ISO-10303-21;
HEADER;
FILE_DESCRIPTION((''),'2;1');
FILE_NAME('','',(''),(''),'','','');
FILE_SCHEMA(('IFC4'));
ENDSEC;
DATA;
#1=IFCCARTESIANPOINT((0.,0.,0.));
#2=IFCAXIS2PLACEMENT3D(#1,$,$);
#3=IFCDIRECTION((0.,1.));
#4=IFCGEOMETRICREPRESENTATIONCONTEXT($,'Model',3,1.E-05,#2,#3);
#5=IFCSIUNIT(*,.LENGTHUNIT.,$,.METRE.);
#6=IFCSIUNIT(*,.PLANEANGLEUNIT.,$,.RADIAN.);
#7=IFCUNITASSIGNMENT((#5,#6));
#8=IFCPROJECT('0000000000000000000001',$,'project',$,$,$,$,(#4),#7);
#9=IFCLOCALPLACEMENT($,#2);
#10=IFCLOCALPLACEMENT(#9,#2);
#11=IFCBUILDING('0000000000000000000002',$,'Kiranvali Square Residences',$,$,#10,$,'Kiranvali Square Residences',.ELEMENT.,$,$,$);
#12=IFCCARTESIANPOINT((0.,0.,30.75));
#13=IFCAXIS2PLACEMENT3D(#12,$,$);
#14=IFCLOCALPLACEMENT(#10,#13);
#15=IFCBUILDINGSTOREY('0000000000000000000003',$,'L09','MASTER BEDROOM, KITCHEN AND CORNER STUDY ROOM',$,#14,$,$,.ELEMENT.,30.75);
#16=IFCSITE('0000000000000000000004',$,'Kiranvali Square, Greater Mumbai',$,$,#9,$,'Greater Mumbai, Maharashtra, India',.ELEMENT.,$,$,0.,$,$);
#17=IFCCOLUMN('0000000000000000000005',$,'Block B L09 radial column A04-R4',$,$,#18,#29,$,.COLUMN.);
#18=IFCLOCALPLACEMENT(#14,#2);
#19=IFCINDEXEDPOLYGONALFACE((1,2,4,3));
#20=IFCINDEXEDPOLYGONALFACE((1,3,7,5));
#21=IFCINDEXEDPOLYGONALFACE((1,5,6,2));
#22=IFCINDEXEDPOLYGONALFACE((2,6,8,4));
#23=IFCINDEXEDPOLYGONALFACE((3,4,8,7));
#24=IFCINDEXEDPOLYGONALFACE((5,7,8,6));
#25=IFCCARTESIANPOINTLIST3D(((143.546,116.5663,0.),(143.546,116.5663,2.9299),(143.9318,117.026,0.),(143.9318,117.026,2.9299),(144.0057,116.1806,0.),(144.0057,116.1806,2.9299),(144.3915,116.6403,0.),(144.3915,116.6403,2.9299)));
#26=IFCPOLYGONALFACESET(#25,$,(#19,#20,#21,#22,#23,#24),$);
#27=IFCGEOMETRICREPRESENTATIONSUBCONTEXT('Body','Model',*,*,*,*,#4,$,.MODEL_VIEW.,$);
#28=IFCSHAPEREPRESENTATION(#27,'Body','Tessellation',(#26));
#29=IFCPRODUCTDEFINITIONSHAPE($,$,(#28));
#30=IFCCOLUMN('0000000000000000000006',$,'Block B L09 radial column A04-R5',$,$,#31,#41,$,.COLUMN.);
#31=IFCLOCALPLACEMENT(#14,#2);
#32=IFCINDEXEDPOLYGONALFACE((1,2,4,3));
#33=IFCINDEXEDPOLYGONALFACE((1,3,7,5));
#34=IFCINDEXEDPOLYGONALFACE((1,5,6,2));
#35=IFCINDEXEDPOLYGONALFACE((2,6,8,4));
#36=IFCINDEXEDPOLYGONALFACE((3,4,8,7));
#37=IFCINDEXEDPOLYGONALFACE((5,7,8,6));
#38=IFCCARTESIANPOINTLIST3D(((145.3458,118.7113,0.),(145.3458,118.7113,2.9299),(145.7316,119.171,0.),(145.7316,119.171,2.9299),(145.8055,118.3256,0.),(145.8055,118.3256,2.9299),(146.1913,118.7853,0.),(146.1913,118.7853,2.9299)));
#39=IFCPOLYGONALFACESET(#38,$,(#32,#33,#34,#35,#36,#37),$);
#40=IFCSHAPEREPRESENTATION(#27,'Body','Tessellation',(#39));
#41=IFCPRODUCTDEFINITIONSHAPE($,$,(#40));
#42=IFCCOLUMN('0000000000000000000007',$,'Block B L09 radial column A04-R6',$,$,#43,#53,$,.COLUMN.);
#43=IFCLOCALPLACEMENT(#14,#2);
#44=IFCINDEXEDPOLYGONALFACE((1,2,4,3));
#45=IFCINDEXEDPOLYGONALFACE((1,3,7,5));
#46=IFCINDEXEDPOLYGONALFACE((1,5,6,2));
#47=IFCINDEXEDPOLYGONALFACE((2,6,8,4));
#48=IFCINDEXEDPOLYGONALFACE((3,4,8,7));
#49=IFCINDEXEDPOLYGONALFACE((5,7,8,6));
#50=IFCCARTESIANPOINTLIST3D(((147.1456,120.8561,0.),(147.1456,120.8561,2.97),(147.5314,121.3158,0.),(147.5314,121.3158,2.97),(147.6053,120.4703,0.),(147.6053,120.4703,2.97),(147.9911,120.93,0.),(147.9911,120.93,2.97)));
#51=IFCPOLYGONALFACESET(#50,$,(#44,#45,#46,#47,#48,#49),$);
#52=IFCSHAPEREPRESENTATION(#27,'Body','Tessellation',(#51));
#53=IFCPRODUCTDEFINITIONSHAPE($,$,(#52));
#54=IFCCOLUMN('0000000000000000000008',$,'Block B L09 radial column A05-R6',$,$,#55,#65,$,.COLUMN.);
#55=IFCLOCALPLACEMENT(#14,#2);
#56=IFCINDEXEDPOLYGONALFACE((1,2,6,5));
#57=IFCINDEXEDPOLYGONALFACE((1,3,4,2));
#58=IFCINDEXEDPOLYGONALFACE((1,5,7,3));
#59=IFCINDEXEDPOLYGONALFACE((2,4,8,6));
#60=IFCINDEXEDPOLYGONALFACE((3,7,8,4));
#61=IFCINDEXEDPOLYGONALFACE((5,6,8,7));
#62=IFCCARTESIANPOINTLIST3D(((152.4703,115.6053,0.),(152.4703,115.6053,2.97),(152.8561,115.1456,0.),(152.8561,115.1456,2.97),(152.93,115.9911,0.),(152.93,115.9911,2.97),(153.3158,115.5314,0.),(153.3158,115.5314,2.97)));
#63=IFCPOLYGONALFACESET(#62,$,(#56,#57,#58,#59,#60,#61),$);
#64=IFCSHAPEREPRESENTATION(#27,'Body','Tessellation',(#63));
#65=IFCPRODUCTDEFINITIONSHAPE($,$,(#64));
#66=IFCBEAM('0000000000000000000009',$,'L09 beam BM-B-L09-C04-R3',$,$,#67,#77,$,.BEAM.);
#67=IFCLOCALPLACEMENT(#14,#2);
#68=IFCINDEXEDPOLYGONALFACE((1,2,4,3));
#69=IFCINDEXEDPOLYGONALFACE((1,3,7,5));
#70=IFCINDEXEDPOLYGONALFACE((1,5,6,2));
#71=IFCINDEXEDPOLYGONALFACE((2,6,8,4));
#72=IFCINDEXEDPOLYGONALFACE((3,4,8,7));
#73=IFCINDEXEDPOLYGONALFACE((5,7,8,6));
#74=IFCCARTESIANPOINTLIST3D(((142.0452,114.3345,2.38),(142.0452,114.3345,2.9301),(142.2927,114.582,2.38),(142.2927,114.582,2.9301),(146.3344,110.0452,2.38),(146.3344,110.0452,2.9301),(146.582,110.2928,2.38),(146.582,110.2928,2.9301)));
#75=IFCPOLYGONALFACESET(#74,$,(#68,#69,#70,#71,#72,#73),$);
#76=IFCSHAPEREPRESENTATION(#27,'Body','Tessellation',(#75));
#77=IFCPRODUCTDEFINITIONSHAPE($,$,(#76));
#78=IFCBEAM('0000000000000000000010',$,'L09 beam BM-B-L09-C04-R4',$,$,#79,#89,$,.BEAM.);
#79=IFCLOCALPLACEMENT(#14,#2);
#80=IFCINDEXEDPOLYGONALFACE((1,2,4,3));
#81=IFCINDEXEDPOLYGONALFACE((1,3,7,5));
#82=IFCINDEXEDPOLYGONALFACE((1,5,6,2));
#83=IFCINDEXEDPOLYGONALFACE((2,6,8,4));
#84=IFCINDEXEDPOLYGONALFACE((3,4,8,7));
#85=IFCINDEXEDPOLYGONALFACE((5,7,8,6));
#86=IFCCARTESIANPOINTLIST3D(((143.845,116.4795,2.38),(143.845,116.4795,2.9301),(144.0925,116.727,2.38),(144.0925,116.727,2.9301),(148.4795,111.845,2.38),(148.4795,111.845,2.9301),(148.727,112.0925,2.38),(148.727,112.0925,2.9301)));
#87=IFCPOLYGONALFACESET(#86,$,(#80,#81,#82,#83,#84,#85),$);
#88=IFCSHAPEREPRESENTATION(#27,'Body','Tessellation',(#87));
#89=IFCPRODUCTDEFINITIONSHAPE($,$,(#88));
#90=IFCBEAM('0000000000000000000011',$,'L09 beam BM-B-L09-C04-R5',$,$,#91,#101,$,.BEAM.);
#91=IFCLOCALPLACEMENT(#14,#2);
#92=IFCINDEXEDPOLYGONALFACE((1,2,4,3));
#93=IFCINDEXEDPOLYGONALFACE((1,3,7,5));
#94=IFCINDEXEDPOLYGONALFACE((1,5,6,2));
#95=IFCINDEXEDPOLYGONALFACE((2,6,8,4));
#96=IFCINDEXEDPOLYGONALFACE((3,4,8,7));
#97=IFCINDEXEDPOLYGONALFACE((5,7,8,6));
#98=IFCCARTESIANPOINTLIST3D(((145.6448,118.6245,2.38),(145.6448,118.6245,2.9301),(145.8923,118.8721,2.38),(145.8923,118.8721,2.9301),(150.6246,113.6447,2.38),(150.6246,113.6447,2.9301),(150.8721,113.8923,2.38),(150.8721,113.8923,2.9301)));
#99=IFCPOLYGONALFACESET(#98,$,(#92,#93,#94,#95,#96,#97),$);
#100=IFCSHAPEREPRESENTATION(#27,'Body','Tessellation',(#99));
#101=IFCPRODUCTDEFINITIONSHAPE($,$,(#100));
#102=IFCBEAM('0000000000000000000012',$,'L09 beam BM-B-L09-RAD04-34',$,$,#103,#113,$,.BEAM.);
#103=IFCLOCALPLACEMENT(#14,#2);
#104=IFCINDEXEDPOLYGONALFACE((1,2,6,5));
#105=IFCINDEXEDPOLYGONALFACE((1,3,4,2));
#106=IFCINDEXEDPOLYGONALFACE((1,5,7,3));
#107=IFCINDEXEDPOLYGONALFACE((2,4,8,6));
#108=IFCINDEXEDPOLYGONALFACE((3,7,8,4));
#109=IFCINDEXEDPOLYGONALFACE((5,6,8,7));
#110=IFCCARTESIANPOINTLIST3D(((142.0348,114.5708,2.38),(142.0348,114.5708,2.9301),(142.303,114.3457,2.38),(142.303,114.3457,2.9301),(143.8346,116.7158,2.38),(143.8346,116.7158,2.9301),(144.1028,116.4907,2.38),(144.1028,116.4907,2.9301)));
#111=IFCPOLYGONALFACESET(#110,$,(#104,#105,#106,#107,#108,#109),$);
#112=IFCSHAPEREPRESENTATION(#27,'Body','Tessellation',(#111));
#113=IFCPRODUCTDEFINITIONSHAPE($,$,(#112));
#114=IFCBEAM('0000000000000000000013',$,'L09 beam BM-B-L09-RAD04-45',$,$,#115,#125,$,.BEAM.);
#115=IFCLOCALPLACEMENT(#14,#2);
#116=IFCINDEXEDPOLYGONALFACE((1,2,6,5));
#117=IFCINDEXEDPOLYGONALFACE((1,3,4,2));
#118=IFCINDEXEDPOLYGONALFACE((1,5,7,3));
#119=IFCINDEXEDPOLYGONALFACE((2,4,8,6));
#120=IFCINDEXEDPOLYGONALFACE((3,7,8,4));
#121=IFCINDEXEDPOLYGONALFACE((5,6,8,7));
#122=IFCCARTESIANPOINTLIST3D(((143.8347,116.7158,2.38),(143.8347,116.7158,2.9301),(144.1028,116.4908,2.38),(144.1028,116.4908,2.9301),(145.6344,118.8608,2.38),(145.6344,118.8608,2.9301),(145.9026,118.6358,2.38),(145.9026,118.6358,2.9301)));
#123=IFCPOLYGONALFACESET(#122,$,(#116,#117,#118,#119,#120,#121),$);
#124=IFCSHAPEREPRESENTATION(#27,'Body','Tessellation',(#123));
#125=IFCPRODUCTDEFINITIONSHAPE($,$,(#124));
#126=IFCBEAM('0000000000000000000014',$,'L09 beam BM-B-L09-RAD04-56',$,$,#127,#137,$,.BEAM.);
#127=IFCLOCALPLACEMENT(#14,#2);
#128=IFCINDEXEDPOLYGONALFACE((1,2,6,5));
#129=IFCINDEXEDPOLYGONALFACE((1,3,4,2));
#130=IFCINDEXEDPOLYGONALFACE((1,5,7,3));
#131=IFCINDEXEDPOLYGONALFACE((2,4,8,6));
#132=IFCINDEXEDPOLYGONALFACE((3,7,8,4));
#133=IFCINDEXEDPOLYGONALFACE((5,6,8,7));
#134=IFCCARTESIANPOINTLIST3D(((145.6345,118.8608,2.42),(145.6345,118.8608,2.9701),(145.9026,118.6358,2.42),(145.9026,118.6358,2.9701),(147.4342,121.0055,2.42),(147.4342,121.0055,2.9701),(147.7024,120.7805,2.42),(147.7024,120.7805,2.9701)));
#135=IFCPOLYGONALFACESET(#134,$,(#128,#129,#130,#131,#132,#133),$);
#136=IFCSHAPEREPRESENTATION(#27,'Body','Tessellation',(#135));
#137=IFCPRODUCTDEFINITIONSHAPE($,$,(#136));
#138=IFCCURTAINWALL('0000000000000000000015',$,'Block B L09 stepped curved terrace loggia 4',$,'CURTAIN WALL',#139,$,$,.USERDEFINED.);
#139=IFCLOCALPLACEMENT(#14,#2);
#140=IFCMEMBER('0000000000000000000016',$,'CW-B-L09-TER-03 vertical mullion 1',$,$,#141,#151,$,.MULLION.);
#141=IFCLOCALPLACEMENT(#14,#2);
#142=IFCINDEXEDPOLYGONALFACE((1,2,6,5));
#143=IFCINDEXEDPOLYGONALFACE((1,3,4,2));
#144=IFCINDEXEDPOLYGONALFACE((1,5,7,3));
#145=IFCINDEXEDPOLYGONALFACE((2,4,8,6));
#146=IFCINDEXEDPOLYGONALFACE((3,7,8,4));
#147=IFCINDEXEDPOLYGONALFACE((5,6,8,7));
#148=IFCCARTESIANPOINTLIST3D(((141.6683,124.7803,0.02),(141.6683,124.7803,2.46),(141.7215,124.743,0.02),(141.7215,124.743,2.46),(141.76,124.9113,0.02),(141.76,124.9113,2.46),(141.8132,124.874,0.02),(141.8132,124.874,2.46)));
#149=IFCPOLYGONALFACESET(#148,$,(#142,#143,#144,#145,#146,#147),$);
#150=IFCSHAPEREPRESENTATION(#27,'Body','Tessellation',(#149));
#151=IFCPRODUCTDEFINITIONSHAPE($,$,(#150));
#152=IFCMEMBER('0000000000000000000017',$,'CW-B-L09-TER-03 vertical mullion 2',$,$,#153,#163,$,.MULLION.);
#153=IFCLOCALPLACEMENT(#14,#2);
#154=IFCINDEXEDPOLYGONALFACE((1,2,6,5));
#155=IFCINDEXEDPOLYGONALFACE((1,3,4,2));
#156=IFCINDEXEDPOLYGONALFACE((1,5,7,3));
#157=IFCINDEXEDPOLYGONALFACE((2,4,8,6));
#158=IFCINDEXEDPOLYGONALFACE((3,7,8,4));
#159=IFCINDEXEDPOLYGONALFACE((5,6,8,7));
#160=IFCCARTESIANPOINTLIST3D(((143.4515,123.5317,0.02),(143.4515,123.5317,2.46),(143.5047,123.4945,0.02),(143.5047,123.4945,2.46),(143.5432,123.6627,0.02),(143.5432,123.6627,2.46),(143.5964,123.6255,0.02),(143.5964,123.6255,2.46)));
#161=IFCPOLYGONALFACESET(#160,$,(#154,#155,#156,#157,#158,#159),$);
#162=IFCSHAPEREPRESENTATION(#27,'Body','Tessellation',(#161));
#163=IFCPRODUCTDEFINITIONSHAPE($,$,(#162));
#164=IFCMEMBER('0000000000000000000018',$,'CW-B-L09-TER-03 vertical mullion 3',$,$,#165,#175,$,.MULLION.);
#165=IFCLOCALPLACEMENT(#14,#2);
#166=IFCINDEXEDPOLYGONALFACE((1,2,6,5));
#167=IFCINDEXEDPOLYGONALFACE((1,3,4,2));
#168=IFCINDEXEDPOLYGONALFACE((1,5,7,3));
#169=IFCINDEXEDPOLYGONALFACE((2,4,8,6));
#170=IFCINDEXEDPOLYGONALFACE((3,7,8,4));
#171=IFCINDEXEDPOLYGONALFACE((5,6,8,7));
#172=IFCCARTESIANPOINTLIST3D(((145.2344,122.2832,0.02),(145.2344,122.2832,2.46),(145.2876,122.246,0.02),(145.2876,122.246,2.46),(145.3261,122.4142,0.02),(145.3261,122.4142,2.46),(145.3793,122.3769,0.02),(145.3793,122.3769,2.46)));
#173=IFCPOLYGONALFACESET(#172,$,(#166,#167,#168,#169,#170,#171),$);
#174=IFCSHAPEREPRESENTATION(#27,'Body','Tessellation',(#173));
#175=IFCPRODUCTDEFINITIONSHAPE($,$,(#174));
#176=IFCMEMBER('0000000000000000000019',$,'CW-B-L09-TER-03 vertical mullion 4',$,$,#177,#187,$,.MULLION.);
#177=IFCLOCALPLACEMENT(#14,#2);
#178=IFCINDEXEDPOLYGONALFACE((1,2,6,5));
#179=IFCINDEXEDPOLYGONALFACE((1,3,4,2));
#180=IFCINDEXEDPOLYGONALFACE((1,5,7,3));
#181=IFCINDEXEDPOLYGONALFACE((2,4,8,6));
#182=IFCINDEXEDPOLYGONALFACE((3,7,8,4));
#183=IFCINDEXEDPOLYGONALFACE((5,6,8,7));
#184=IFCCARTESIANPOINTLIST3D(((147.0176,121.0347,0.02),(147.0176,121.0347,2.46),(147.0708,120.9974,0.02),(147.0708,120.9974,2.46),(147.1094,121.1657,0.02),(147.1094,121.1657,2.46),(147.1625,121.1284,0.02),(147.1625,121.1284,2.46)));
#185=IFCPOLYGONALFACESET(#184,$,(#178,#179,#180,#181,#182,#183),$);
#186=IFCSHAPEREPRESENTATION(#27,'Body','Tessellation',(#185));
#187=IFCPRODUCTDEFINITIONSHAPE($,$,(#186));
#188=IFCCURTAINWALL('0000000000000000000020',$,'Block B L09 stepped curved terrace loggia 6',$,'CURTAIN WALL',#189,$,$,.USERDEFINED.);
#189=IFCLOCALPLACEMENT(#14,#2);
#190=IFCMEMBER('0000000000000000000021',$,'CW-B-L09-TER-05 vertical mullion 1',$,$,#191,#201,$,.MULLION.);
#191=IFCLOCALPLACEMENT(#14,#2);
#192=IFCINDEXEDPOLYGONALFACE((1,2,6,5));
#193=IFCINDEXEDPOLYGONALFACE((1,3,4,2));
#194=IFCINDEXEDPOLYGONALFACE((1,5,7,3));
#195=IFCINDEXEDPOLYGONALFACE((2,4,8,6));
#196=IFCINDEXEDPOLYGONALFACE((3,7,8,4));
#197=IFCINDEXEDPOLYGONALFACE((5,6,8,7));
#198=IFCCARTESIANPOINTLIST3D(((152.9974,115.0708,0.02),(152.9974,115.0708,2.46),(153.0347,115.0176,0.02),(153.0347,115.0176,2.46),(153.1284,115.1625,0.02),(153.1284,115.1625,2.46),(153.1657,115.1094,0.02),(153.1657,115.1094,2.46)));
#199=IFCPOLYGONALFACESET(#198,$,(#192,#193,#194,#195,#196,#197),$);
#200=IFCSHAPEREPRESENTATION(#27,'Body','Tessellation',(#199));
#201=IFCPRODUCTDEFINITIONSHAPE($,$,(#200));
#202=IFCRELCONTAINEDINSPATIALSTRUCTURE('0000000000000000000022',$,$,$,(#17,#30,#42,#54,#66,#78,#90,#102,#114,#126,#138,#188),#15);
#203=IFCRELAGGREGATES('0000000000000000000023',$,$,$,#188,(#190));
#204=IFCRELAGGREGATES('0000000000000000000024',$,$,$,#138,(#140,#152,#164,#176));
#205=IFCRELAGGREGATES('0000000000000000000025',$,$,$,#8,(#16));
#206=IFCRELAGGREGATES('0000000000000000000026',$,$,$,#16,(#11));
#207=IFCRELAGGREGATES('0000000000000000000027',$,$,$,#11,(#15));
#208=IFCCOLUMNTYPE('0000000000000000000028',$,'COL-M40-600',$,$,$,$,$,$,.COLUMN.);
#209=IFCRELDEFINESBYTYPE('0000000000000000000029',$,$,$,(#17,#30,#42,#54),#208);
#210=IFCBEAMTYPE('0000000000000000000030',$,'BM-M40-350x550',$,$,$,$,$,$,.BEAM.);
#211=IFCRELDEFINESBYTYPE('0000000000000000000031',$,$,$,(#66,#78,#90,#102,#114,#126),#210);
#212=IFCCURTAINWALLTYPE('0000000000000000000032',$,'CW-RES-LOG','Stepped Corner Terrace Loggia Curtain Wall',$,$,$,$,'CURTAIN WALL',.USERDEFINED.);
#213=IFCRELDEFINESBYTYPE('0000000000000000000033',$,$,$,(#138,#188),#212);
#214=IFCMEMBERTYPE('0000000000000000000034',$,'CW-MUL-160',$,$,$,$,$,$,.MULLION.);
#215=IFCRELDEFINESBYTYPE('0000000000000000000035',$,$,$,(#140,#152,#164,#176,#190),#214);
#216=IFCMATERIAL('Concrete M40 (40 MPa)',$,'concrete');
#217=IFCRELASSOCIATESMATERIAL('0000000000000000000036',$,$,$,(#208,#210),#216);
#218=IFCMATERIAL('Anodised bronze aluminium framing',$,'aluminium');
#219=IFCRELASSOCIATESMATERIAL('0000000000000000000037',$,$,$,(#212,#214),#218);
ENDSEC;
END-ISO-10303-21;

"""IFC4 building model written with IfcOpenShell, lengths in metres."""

from ifc_helpers import new_model, si_unit, direction, frame, origin, origin_2d, place, context, subcontext, project, spatial, rectangle, extrude, material, material_profile, profile_set, type_object, element, aggregate, save


model = new_model("IFC4")

# Units and contexts
model_context = context("Model", 3, precision=1e-05, world=origin(), true_north=direction((0.0, 1.0)))
body_context = subcontext(model_context, "Body", "Model", "MODEL_VIEW")
ifc_project = project(units=[si_unit("LENGTHUNIT", "METRE"), si_unit("PLANEANGLEUNIT", "RADIAN")], contexts=[model_context])

# Site, building, storey
site_placement = place(None, origin())
site = spatial("IfcSite", under=ifc_project, at=site_placement, Name="Kiranvali Square, Greater Mumbai", LongName="Greater Mumbai, Maharashtra, India", CompositionType="ELEMENT", RefElevation=0.0)
building_placement = place(site_placement, origin())
building = spatial("IfcBuilding", under=site, at=building_placement, Name="Kiranvali Square Residences", LongName="Kiranvali Square Residences", CompositionType="ELEMENT")
storey_placement = place(building_placement, frame((0.0, 0.0, 30.75)))
storey = spatial("IfcBuildingStorey", under=building, at=storey_placement, Name="L09", Description="MASTER BEDROOM, KITCHEN AND CORNER STUDY ROOM", CompositionType="ELEMENT", Elevation=30.75)

# Columns
ifc_material_1 = material(Name="Concrete M40 (40 MPa)", Category="concrete")
ifc_material_profile_1 = material_profile(ifc_material_1, rectangle(XDim=0.6001, YDim=0.6001, at=origin_2d()), Name="RC 600x600")
ifc_profile_set_1 = profile_set([ifc_material_profile_1], Name="Concrete M40 (40 MPa)")
column_type = type_object("IfcColumnType", Name="COL-M40-600", PredefinedType="COLUMN", material=ifc_profile_set_1)
for number, where, z_axis, x_axis, name in (
    (1, (143.9688, 116.6033, 0.0), (0.0, 0.0, 1.0), (-0.766044, 0.642788, 0.0), "Block B L09 radial column A04-R4"),
    (2, (145.7686, 118.7483, 0.0), (0.0, 0.0, 1.0), (-0.766044, 0.642788, 0.0), "Block B L09 radial column A04-R5"),
):
    element("IfcColumn", number, at=place(storey_placement, frame(where, z_axis=z_axis, x_axis=x_axis)), inside=storey, type_object=column_type, Name=name, PredefinedType="COLUMN", context=body_context, shape_type="SweptSolid", body=[
        extrude(rectangle(XDim=0.6001, YDim=0.6001, at=origin_2d()), origin(), (0.0, 0.0, 1.0), 2.9299),
    ])
for number, where, z_axis, x_axis, name in (
    (3, (147.5684, 120.8931, 0.0), (0.0, 0.0, 1.0), (-0.766044, 0.642788, 0.0), "Block B L09 radial column A04-R6"),
    (4, (152.8931, 115.5684, 0.0), (0.0, 0.0, 1.0), (-0.642788, 0.766044, 0.0), "Block B L09 radial column A05-R6"),
):
    element("IfcColumn", number, at=place(storey_placement, frame(where, z_axis=z_axis, x_axis=x_axis)), inside=storey, type_object=column_type, Name=name, PredefinedType="COLUMN", context=body_context, shape_type="SweptSolid", body=[
        extrude(rectangle(XDim=0.6001, YDim=0.6001, at=origin_2d()), origin(), (0.0, 0.0, 1.0), 2.97),
    ])

# Beams
ifc_material_profile_2 = material_profile(ifc_material_1, rectangle(XDim=0.3501, YDim=0.55, at=origin_2d()), Name="RC 350x550")
ifc_profile_set_2 = profile_set([ifc_material_profile_2], Name="Concrete M40 (40 MPa)")
beam_type_1 = type_object("IfcBeamType", Name="BM-M40-350x550", PredefinedType="BEAM", material=ifc_profile_set_2)
beam_1_placement = place(storey_placement, frame((142.1689, 114.4583, 2.655), z_axis=(0.707107, -0.707107, 0.0), x_axis=(0.707107, 0.707107, 0.0)))
element("IfcBeam", 5, at=beam_1_placement, inside=storey, type_object=beam_type_1, Name="L09 beam BM-B-L09-C04-R3", PredefinedType="BEAM", context=body_context, shape_type="SweptSolid", body=[
    extrude(rectangle(XDim=0.3501, YDim=0.55, at=origin_2d()), origin(), (0.0, 0.0, 1.0), 6.0659),
])
beam_2_placement = place(storey_placement, frame((143.9688, 116.6033, 2.655), z_axis=(0.707107, -0.707107, 0.0), x_axis=(0.707107, 0.707107, 0.0)))
element("IfcBeam", 6, at=beam_2_placement, inside=storey, type_object=beam_type_1, Name="L09 beam BM-B-L09-C04-R4", PredefinedType="BEAM", context=body_context, shape_type="SweptSolid", body=[
    extrude(rectangle(XDim=0.3501, YDim=0.55, at=origin_2d()), origin(), (0.0, 0.0, 1.0), 6.5542),
])
beam_3_placement = place(storey_placement, frame((145.7686, 118.7483, 2.655), z_axis=(0.707107, -0.707107, 0.0), x_axis=(0.707107, 0.707107, 0.0)))
element("IfcBeam", 7, at=beam_3_placement, inside=storey, type_object=beam_type_1, Name="L09 beam BM-B-L09-C04-R5", PredefinedType="BEAM", context=body_context, shape_type="SweptSolid", body=[
    extrude(rectangle(XDim=0.3501, YDim=0.55, at=origin_2d()), origin(), (0.0, 0.0, 1.0), 7.0425),
])
for number, where, z_axis, x_axis, name in (
    (8, (142.1689, 114.4583, 2.655), (0.642771, 0.766059, 0.0), (-0.766059, 0.642771, 0.0), "L09 beam BM-B-L09-RAD04-34"),
    (9, (143.9688, 116.6033, 2.655), (0.642771, 0.766059, 0.0), (-0.766059, 0.642771, 0.0), "L09 beam BM-B-L09-RAD04-45"),
):
    element("IfcBeam", number, at=place(storey_placement, frame(where, z_axis=z_axis, x_axis=x_axis)), inside=storey, type_object=beam_type_1, Name=name, PredefinedType="BEAM", context=body_context, shape_type="SweptSolid", body=[
        extrude(rectangle(XDim=0.3501, YDim=0.55, at=origin_2d()), origin(), (0.0, 0.0, 1.0), 2.8),
    ])
beam_4_placement = place(storey_placement, frame((145.7686, 118.7483, 2.6951), z_axis=(0.642814, 0.766023, 0.0), x_axis=(-0.766023, 0.642814, 0.0)))
element("IfcBeam", 10, at=beam_4_placement, inside=storey, type_object=beam_type_1, Name="L09 beam BM-B-L09-RAD04-56", PredefinedType="BEAM", context=body_context, shape_type="SweptSolid", body=[
    extrude(rectangle(XDim=0.3501, YDim=0.55, at=origin_2d()), origin(), (0.0, 0.0, 1.0), 2.7998),
])

# Curtain wall, members
ifc_material_2 = material(Name="Anodised bronze aluminium framing", Category="aluminium")
curtain_wall_type = type_object("IfcCurtainWallType", Name="CW-RES-LOG", Description="Stepped Corner Terrace Loggia Curtain Wall", ElementType="CURTAIN WALL", PredefinedType="USERDEFINED", material=ifc_material_2)
curtain_wall_1_placement = place(storey_placement, origin())
curtain_wall_1 = element("IfcCurtainWall", 11, at=curtain_wall_1_placement, inside=storey, type_object=curtain_wall_type, Name="Block B L09 stepped curved terrace loggia 4", ObjectType="CURTAIN WALL", PredefinedType="USERDEFINED")
ifc_material_profile_3 = material_profile(ifc_material_2, rectangle(XDim=0.0649, YDim=0.1599, at=origin_2d()), Name="ALU 65x160")
ifc_profile_set_3 = profile_set([ifc_material_profile_3], Name="Anodised bronze aluminium framing")
member_type_1 = type_object("IfcMemberType", Name="CW-MUL-160", PredefinedType="MULLION", material=ifc_profile_set_3)
member_1_placement = place(storey_placement, frame((141.7407, 124.8271, 0.02), z_axis=(0.0, 0.0, 1.0), x_axis=(0.819152, -0.573576, 0.0)))
member_1 = element("IfcMember", 12, at=member_1_placement, type_object=member_type_1, Name="CW-B-L09-TER-03 vertical mullion 1", PredefinedType="MULLION", context=body_context, shape_type="SweptSolid", body=[
    extrude(rectangle(XDim=0.0649, YDim=0.1599, at=origin_2d()), origin(), (0.0, 0.0, 1.0), 2.4399),
])
member_2_placement = place(storey_placement, frame((143.5239, 123.5786, 0.02), z_axis=(0.0, 0.0, 1.0), x_axis=(0.819152, -0.573576, 0.0)))
member_2 = element("IfcMember", 13, at=member_2_placement, type_object=member_type_1, Name="CW-B-L09-TER-03 vertical mullion 2", PredefinedType="MULLION", context=body_context, shape_type="SweptSolid", body=[
    extrude(rectangle(XDim=0.0649, YDim=0.1599, at=origin_2d()), origin(), (0.0, 0.0, 1.0), 2.4399),
])
member_3_placement = place(storey_placement, frame((145.3069, 122.3301, 0.02), z_axis=(0.0, 0.0, 1.0), x_axis=(0.819152, -0.573576, 0.0)))
member_3 = element("IfcMember", 14, at=member_3_placement, type_object=member_type_1, Name="CW-B-L09-TER-03 vertical mullion 3", PredefinedType="MULLION", context=body_context, shape_type="SweptSolid", body=[
    extrude(rectangle(XDim=0.0649, YDim=0.1599, at=origin_2d()), origin(), (0.0, 0.0, 1.0), 2.4399),
])
member_4_placement = place(storey_placement, frame((147.0901, 121.0815, 0.02), z_axis=(0.0, 0.0, 1.0), x_axis=(0.819152, -0.573576, 0.0)))
member_4 = element("IfcMember", 15, at=member_4_placement, type_object=member_type_1, Name="CW-B-L09-TER-03 vertical mullion 4", PredefinedType="MULLION", context=body_context, shape_type="SweptSolid", body=[
    extrude(rectangle(XDim=0.0649, YDim=0.1599, at=origin_2d()), origin(), (0.0, 0.0, 1.0), 2.4399),
])

# Curtain wall, member
curtain_wall_2_placement = place(storey_placement, origin())
curtain_wall_2 = element("IfcCurtainWall", 16, at=curtain_wall_2_placement, inside=storey, type_object=curtain_wall_type, Name="Block B L09 stepped curved terrace loggia 6", ObjectType="CURTAIN WALL", PredefinedType="USERDEFINED")
member_5_placement = place(storey_placement, frame((153.0815, 115.0901, 0.02), z_axis=(0.0, 0.0, 1.0), x_axis=(0.573576, -0.819152, 0.0)))
member_5 = element("IfcMember", 17, at=member_5_placement, type_object=member_type_1, Name="CW-B-L09-TER-05 vertical mullion 1", PredefinedType="MULLION", context=body_context, shape_type="SweptSolid", body=[
    extrude(rectangle(XDim=0.0649, YDim=0.1599, at=origin_2d()), origin(), (0.0, 0.0, 1.0), 2.4399),
])

aggregate(curtain_wall_2, [member_5])

aggregate(curtain_wall_1, [member_1, member_2, member_3, member_4])

save(model, "model.ifc")
